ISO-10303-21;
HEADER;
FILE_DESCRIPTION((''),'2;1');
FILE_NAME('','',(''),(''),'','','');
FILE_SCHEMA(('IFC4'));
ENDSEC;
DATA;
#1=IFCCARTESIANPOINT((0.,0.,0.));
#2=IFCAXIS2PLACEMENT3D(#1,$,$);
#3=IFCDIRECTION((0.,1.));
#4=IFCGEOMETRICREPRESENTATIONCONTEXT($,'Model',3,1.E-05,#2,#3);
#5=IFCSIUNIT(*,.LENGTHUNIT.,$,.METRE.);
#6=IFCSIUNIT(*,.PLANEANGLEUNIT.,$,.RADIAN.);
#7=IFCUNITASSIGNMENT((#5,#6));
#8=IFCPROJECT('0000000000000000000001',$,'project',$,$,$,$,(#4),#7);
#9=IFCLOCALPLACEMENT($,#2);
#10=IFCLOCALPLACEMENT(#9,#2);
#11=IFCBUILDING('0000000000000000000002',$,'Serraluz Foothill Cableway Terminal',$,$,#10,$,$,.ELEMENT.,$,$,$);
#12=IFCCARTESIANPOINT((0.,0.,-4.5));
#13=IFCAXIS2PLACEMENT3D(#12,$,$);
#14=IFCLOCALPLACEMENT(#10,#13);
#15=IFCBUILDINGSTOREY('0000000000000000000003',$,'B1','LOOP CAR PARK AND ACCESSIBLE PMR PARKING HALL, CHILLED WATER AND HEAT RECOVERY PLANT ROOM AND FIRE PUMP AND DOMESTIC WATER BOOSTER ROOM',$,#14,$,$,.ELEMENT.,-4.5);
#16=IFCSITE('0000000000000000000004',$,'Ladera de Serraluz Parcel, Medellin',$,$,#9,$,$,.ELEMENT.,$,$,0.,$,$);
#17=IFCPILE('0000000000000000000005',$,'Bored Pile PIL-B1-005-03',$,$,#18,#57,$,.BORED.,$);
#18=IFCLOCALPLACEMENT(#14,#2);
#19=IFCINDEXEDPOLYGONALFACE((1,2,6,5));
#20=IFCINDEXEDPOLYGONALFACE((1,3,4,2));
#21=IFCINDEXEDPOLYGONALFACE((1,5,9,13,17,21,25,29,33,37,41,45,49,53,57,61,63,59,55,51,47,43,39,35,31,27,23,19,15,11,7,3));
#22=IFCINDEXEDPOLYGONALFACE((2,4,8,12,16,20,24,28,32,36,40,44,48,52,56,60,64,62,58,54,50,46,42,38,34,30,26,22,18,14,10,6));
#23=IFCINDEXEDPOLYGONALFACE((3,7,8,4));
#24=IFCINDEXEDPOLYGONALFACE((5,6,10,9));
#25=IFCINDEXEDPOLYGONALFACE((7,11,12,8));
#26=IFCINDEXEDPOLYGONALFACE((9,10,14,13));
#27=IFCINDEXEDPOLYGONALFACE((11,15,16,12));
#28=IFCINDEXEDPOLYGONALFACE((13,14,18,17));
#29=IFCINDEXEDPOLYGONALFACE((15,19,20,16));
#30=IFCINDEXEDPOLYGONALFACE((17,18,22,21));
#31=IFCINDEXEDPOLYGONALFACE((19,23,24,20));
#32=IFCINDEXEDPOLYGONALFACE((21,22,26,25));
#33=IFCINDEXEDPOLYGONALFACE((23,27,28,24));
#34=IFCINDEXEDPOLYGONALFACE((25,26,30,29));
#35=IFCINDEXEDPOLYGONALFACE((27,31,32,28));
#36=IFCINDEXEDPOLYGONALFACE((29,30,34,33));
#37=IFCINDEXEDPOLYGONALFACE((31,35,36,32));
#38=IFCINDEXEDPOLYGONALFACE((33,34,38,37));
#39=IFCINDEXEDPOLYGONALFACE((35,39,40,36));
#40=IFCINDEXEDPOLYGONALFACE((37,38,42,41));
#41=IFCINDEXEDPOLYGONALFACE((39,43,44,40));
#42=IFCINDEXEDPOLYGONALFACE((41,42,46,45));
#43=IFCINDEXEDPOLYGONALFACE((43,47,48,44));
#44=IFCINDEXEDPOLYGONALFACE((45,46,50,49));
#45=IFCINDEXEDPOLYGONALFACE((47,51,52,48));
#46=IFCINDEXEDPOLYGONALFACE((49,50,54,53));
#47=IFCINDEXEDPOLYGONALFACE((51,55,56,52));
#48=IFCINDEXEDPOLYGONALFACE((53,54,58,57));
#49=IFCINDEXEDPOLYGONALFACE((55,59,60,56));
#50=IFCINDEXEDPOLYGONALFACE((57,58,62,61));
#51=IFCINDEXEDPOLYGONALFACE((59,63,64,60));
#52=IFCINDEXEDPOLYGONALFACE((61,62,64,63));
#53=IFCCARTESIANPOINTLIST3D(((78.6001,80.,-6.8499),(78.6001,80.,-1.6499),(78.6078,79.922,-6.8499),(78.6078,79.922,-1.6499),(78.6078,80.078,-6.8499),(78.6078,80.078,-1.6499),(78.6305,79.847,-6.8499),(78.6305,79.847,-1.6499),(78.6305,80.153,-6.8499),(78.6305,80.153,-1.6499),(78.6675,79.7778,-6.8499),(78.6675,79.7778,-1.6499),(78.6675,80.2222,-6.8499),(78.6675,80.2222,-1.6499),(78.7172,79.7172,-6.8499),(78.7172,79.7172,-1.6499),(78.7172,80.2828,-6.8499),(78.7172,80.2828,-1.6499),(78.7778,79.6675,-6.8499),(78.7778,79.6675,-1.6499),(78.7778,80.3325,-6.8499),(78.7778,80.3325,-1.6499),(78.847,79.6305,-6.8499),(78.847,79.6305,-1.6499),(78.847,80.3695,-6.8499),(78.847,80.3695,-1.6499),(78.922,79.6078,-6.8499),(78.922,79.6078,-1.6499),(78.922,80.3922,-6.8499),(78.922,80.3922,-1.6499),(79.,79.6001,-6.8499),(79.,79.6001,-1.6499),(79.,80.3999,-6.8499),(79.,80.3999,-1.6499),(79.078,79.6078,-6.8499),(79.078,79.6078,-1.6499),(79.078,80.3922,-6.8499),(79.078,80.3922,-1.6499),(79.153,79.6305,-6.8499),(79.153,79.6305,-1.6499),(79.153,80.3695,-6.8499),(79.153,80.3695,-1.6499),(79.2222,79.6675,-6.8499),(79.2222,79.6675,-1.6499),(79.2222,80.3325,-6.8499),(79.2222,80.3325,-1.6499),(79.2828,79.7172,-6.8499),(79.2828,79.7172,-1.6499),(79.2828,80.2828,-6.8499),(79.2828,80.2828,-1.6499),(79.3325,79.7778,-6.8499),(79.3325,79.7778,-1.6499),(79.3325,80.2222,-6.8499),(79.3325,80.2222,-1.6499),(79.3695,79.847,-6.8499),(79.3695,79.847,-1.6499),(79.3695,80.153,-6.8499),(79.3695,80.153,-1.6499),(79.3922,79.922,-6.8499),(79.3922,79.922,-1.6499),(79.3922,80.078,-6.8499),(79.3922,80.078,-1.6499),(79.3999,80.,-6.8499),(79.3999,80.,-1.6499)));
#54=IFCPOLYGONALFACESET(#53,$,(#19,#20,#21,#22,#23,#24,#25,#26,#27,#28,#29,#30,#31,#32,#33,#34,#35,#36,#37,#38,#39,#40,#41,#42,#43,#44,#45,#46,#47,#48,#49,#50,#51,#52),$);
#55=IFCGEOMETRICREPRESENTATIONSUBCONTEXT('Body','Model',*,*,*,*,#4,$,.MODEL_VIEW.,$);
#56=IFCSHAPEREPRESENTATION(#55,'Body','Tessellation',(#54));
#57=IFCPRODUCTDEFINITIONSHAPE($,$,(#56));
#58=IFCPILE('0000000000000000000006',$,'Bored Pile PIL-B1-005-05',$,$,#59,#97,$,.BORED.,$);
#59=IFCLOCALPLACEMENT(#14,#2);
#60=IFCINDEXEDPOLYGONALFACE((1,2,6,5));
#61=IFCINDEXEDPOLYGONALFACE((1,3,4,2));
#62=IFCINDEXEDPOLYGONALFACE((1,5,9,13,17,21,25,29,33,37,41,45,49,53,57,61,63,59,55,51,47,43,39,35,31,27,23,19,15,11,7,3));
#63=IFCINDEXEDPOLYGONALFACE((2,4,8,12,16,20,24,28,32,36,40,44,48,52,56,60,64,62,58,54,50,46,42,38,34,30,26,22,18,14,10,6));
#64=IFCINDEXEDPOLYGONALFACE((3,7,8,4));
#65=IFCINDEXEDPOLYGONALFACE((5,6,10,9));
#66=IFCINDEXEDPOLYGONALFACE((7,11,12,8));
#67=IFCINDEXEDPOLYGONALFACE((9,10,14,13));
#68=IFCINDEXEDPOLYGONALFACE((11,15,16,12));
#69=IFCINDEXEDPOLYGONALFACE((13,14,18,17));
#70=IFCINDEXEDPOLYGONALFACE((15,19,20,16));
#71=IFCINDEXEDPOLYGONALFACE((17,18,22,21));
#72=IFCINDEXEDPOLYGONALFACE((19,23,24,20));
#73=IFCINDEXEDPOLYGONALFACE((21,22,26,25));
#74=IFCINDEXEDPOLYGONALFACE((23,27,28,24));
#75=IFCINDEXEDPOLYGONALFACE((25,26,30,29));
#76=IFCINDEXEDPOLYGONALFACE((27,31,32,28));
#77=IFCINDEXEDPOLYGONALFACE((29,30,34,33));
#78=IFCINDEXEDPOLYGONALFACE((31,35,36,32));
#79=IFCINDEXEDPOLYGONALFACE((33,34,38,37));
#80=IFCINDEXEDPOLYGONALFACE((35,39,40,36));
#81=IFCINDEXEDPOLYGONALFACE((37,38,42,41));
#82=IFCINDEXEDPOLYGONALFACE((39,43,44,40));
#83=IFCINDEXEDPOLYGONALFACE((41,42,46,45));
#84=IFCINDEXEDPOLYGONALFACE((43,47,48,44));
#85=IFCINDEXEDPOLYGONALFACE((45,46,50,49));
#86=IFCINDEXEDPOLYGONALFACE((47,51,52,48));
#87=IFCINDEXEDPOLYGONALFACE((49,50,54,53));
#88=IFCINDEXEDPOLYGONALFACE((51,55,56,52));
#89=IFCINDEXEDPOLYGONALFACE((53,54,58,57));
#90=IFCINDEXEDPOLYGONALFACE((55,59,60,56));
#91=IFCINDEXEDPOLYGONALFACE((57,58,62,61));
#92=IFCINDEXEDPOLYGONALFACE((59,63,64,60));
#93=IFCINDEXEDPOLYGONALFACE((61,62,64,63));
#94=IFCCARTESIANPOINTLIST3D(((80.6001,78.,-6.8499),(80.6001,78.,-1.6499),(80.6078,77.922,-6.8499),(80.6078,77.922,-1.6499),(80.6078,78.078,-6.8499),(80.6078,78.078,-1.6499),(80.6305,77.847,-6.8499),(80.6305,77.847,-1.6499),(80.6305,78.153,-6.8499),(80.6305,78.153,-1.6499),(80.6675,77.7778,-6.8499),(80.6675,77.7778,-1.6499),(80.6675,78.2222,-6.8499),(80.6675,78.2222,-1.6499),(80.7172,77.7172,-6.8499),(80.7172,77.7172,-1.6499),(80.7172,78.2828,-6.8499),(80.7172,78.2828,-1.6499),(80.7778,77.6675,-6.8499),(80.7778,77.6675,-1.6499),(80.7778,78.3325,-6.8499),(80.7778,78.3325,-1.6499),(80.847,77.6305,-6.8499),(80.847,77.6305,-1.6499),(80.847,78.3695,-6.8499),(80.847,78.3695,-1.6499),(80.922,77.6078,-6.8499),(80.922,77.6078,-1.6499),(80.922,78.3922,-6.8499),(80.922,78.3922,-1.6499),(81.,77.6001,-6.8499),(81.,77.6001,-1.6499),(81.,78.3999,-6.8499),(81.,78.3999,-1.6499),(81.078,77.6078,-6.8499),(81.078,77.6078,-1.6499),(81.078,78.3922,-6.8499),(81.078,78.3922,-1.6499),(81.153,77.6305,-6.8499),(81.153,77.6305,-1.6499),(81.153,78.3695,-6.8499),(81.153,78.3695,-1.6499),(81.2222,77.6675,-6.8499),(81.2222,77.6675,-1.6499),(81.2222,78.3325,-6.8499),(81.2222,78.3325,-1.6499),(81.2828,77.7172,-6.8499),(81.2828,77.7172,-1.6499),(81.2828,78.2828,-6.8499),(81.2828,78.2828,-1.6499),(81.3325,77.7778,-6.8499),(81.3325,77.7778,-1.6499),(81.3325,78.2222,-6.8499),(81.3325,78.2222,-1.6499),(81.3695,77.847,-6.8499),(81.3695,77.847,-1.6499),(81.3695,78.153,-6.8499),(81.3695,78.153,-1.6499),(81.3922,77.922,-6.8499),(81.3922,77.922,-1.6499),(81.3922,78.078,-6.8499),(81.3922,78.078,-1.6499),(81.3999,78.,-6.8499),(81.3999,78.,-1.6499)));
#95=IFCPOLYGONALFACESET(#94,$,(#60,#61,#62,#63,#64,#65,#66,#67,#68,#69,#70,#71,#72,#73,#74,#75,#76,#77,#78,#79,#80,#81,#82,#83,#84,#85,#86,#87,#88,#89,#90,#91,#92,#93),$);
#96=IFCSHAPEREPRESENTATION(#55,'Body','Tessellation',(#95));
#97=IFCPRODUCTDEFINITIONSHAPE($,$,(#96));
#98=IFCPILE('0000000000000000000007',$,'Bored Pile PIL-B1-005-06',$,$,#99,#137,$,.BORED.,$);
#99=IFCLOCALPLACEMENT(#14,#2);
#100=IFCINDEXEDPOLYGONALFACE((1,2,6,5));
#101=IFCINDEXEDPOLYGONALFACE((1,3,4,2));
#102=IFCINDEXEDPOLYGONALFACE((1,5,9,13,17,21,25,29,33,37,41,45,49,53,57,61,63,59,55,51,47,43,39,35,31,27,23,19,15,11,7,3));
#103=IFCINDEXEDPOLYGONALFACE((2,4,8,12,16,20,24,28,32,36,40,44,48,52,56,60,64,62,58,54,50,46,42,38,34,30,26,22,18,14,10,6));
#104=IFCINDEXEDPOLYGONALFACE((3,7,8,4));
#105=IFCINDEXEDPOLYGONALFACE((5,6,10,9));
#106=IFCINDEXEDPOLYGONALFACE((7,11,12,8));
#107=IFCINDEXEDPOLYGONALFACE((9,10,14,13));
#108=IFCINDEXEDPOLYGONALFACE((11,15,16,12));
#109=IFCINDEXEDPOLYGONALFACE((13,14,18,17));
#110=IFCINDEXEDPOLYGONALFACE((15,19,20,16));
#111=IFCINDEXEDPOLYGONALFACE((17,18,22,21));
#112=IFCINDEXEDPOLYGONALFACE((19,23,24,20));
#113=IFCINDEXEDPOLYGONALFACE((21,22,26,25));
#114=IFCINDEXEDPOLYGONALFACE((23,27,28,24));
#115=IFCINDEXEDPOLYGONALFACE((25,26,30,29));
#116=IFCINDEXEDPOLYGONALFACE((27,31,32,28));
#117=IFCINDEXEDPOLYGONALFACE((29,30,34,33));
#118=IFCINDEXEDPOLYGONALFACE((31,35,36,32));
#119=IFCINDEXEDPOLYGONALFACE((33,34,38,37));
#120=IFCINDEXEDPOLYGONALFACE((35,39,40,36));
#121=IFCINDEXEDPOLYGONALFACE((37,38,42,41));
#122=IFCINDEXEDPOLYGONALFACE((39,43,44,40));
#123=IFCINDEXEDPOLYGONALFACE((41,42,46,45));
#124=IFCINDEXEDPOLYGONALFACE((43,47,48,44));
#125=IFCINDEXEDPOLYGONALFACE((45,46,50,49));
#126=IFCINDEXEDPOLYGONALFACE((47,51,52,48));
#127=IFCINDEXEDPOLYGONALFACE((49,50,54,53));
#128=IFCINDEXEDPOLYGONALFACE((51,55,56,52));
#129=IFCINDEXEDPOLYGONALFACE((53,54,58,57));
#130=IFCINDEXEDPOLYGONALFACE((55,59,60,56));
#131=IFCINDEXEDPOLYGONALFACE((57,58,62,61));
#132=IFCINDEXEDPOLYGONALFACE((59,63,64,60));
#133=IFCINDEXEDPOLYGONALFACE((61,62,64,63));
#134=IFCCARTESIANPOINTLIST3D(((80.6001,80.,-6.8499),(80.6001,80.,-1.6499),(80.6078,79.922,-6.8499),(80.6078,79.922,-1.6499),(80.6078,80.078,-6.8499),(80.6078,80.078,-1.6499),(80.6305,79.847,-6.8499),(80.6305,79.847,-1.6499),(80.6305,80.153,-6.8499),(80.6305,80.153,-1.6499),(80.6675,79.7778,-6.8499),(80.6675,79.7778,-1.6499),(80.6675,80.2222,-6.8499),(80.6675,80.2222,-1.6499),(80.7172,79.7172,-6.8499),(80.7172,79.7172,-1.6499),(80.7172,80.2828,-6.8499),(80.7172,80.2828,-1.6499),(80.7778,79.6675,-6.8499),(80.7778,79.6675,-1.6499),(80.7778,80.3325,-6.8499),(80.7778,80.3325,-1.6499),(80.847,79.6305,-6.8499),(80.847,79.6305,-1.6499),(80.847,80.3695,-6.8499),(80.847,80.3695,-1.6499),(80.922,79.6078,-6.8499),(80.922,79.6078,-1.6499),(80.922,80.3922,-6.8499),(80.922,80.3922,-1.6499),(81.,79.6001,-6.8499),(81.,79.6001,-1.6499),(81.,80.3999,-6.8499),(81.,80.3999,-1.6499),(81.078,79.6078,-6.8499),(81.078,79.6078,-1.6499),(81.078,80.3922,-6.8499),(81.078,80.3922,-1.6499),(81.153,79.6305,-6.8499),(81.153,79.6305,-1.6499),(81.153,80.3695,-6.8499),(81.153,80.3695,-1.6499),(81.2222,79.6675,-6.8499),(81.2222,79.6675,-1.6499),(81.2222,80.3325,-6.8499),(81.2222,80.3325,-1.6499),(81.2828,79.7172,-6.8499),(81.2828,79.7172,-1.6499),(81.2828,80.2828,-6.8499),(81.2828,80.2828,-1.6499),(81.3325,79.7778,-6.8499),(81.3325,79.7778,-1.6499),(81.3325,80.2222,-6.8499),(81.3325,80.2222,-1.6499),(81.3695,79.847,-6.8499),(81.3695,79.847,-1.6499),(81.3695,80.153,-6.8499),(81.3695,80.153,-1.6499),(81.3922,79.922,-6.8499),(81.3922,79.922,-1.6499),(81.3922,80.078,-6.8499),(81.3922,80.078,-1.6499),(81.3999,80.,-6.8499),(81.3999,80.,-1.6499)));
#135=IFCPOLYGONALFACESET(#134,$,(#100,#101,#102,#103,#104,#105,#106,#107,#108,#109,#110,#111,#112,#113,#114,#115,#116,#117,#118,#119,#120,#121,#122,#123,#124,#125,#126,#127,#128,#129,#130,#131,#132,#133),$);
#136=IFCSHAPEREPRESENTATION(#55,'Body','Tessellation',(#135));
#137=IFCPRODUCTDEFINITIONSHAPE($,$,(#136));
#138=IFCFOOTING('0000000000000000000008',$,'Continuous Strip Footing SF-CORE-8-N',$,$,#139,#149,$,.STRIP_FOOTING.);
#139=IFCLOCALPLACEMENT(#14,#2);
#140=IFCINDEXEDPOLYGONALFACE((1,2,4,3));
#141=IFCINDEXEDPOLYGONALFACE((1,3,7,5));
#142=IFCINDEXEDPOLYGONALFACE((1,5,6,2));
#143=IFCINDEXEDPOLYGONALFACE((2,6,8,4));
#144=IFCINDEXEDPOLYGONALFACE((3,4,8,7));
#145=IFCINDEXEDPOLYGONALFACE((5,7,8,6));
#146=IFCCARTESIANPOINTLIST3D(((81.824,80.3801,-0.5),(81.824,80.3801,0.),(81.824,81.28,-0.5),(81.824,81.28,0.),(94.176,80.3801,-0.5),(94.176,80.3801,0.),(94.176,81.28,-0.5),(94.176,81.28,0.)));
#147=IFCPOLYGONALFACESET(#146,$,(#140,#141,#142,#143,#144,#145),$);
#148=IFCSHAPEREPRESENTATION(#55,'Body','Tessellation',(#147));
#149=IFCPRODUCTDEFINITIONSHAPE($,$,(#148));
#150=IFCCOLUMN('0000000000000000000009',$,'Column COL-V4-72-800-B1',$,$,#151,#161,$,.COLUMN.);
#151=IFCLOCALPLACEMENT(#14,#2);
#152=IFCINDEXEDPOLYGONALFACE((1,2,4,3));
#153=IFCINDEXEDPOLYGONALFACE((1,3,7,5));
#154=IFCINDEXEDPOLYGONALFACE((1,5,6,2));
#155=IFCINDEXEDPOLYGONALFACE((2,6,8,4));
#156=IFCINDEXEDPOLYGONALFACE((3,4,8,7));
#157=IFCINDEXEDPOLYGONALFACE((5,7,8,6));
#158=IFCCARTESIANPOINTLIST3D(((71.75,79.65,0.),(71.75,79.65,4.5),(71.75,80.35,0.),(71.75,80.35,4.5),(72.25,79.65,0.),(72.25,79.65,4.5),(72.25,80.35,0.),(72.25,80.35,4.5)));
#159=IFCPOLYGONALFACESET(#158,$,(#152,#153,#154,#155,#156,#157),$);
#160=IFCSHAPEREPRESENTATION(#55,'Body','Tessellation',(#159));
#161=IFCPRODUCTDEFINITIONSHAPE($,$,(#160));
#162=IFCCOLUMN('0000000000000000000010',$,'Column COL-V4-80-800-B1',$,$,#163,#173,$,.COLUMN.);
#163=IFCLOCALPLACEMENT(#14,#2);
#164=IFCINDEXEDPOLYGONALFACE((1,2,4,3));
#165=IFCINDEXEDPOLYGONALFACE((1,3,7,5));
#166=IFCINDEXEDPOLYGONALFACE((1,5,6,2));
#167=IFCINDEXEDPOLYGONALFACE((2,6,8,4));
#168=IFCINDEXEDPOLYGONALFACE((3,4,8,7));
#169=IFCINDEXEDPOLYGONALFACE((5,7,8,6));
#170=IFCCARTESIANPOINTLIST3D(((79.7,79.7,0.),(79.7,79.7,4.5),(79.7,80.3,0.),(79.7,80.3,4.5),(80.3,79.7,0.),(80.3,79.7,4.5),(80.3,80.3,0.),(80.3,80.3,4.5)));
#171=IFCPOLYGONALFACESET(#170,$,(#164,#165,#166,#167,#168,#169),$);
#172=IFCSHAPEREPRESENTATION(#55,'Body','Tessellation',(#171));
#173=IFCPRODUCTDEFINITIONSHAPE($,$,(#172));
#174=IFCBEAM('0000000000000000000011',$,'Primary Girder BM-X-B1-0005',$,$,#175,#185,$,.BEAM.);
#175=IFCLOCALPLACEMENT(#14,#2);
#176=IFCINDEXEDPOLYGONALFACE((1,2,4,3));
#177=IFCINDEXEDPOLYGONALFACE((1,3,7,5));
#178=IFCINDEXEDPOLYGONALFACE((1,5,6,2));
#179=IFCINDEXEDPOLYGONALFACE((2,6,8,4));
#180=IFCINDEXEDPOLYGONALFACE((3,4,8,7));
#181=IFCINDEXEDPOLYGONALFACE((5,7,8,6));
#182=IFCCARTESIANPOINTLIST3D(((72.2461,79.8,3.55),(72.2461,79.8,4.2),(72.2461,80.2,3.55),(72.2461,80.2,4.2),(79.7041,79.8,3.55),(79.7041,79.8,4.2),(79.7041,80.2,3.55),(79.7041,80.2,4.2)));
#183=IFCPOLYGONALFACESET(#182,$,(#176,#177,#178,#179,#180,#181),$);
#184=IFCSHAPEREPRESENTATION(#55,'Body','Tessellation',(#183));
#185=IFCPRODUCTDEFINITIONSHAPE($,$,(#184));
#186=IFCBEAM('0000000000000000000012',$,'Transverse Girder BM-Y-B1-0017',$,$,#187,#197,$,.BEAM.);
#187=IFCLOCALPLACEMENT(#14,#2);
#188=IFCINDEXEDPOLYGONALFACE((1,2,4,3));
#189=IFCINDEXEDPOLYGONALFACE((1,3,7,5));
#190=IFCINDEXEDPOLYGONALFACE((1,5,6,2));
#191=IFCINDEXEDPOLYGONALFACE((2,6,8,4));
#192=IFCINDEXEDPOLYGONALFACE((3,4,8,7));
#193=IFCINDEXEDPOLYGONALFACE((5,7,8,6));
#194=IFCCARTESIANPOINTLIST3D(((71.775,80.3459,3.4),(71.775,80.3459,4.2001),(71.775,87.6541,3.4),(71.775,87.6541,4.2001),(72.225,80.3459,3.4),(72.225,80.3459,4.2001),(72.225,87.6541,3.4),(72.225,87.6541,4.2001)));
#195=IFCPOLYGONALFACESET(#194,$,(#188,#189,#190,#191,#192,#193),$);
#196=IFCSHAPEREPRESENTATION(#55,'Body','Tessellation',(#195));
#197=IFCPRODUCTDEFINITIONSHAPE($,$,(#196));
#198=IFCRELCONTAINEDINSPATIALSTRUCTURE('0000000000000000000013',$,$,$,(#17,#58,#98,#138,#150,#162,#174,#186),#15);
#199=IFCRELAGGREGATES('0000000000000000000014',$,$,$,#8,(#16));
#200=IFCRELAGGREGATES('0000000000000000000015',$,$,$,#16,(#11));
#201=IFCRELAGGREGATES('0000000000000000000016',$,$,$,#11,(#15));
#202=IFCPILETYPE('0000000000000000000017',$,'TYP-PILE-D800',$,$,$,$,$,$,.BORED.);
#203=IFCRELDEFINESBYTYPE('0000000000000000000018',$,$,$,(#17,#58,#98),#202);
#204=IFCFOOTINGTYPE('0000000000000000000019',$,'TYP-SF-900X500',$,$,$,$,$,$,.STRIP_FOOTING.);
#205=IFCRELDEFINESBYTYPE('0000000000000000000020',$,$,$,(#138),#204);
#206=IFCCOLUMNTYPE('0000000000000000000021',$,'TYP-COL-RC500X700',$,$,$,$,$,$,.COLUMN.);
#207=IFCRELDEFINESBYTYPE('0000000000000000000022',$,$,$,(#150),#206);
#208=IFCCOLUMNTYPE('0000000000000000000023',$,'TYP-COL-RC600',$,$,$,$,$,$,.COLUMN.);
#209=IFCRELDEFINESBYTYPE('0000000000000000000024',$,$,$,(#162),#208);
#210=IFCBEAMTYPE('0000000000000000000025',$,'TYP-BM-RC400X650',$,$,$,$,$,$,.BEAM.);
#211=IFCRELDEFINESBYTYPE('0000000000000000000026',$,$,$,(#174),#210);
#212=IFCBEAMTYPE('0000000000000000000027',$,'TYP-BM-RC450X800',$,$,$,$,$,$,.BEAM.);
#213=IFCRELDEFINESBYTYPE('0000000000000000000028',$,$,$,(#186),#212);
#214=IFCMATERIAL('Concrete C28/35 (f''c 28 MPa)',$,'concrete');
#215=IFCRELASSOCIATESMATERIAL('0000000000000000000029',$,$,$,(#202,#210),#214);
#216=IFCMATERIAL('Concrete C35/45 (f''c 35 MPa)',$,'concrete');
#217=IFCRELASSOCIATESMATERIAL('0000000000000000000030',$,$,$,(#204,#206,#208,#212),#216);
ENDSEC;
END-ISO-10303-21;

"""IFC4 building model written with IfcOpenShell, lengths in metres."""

from ifc_helpers import new_model, si_unit, direction, frame, origin, origin_2d, place, context, subcontext, project, spatial, rectangle, circle, extrude, material, material_profile, profile_set, type_object, element, save


model = new_model("IFC4")

# Units and contexts
model_context = context("Model", 3, precision=1e-05, world=origin(), true_north=direction((0.0, 1.0)))
body_context = subcontext(model_context, "Body", "Model", "MODEL_VIEW")
ifc_project = project(units=[si_unit("LENGTHUNIT", "METRE"), si_unit("PLANEANGLEUNIT", "RADIAN")], contexts=[model_context])

# Site, building, storey
site_placement = place(None, origin())
site = spatial("IfcSite", under=ifc_project, at=site_placement, Name="Ladera de Serraluz Parcel, Medellin", CompositionType="ELEMENT", RefElevation=0.0)
building_placement = place(site_placement, origin())
building = spatial("IfcBuilding", under=site, at=building_placement, Name="Serraluz Foothill Cableway Terminal", CompositionType="ELEMENT")
storey_placement = place(building_placement, frame((0.0, 0.0, -4.5)))
storey = spatial("IfcBuildingStorey", under=building, at=storey_placement, Name="B1", Description="LOOP CAR PARK AND ACCESSIBLE PMR PARKING HALL, CHILLED WATER AND HEAT RECOVERY PLANT ROOM AND FIRE PUMP AND DOMESTIC WATER BOOSTER ROOM", CompositionType="ELEMENT", Elevation=-4.5)

# Shared definitions
ifc_material_1 = material(Name="Concrete C35/45 (f'c 35 MPa)", Category="concrete")

# Piles
ifc_material_2 = material(Name="Concrete C28/35 (f'c 28 MPa)", Category="concrete")
ifc_material_profile_1 = material_profile(ifc_material_2, circle(Radius=0.3999, at=origin_2d()), Name="BORED PILE D800")
ifc_profile_set_1 = profile_set([ifc_material_profile_1], Name="Concrete C28/35 (f'c 28 MPa)")
pile_type = type_object("IfcPileType", Name="TYP-PILE-D800", PredefinedType="BORED", material=ifc_profile_set_1)
for number, where, z_axis, x_axis, name in (
    (1, (79.0, 80.0, -1.6499), (0.0, 0.0, -1.0), (1.0, 0.0, 0.0), "Bored Pile PIL-B1-005-03"),
    (2, (81.0, 78.0, -1.6499), (0.0, 0.0, -1.0), (1.0, 0.0, 0.0), "Bored Pile PIL-B1-005-05"),
    (3, (81.0, 80.0, -1.6499), (0.0, 0.0, -1.0), (1.0, 0.0, 0.0), "Bored Pile PIL-B1-005-06"),
):
    element("IfcPile", number, at=place(storey_placement, frame(where, z_axis=z_axis, x_axis=x_axis)), inside=storey, type_object=pile_type, Name=name, PredefinedType="BORED", context=body_context, shape_type="SweptSolid", body=[
        extrude(circle(Radius=0.3999, at=origin_2d()), origin(), (0.0, 0.0, 1.0), 5.2),
    ])

# Footing
ifc_material_profile_2 = material_profile(ifc_material_1, rectangle(XDim=0.8999, YDim=0.5, at=origin_2d()), Name="SF 900x500")
ifc_profile_set_2 = profile_set([ifc_material_profile_2], Name="Concrete C35/45 (f'c 35 MPa)")
footing_type_1 = type_object("IfcFootingType", Name="TYP-SF-900X500", PredefinedType="STRIP_FOOTING", material=ifc_profile_set_2)
footing_1_placement = place(storey_placement, frame((81.824, 80.8301, -0.25), z_axis=(1.0, 0.0, 0.0), x_axis=(0.0, 1.0, 0.0)))
element("IfcFooting", 4, at=footing_1_placement, inside=storey, type_object=footing_type_1, Name="Continuous Strip Footing SF-CORE-8-N", PredefinedType="STRIP_FOOTING", context=body_context, shape_type="SweptSolid", body=[
    extrude(rectangle(XDim=0.8999, YDim=0.5, at=origin_2d()), origin(), (0.0, 0.0, 1.0), 12.3521),
])

# Columns
ifc_material_profile_3 = material_profile(ifc_material_1, rectangle(XDim=0.5, YDim=0.7, at=origin_2d()), Name="RC 500x700")
ifc_profile_set_3 = profile_set([ifc_material_profile_3], Name="Concrete C35/45 (f'c 35 MPa)")
column_type_1 = type_object("IfcColumnType", Name="TYP-COL-RC500X700", PredefinedType="COLUMN", material=ifc_profile_set_3)
column_1_placement = place(storey_placement, frame((72.0, 80.0, 0.0), z_axis=(0.0, 0.0, 1.0), x_axis=(1.0, 0.0, 0.0)))
element("IfcColumn", 5, at=column_1_placement, inside=storey, type_object=column_type_1, Name="Column COL-V4-72-800-B1", PredefinedType="COLUMN", context=body_context, shape_type="SweptSolid", body=[
    extrude(rectangle(XDim=0.5, YDim=0.7, at=origin_2d()), origin(), (0.0, 0.0, 1.0), 4.5),
])
ifc_material_profile_4 = material_profile(ifc_material_1, rectangle(XDim=0.6001, YDim=0.6001, at=origin_2d()), Name="RC 600x600")
ifc_profile_set_4 = profile_set([ifc_material_profile_4], Name="Concrete C35/45 (f'c 35 MPa)")
column_type_2 = type_object("IfcColumnType", Name="TYP-COL-RC600", PredefinedType="COLUMN", material=ifc_profile_set_4)
column_2_placement = place(storey_placement, frame((80.0, 80.0, 0.0), z_axis=(0.0, 0.0, 1.0), x_axis=(1.0, 0.0, 0.0)))
element("IfcColumn", 6, at=column_2_placement, inside=storey, type_object=column_type_2, Name="Column COL-V4-80-800-B1", PredefinedType="COLUMN", context=body_context, shape_type="SweptSolid", body=[
    extrude(rectangle(XDim=0.6001, YDim=0.6001, at=origin_2d()), origin(), (0.0, 0.0, 1.0), 4.5),
])

# Beams
ifc_material_profile_5 = material_profile(ifc_material_2, rectangle(XDim=0.3999, YDim=0.6499, at=origin_2d()), Name="RC 400x650")
ifc_profile_set_5 = profile_set([ifc_material_profile_5], Name="Concrete C28/35 (f'c 28 MPa)")
beam_type_1 = type_object("IfcBeamType", Name="TYP-BM-RC400X650", PredefinedType="BEAM", material=ifc_profile_set_5)
beam_1_placement = place(storey_placement, frame((72.2461, 80.0, 3.875), z_axis=(1.0, 0.0, 0.0), x_axis=(0.0, 1.0, 0.0)))
element("IfcBeam", 7, at=beam_1_placement, inside=storey, type_object=beam_type_1, Name="Primary Girder BM-X-B1-0005", PredefinedType="BEAM", context=body_context, shape_type="SweptSolid", body=[
    extrude(rectangle(XDim=0.3999, YDim=0.6499, at=origin_2d()), origin(), (0.0, 0.0, 1.0), 7.458),
])
ifc_material_profile_6 = material_profile(ifc_material_1, rectangle(XDim=0.45, YDim=0.8, at=origin_2d()), Name="RC 450x800")
ifc_profile_set_6 = profile_set([ifc_material_profile_6], Name="Concrete C35/45 (f'c 35 MPa)")
beam_type_2 = type_object("IfcBeamType", Name="TYP-BM-RC450X800", PredefinedType="BEAM", material=ifc_profile_set_6)
beam_2_placement = place(storey_placement, frame((72.0, 80.3459, 3.8), z_axis=(0.0, 1.0, 0.0), x_axis=(-1.0, 0.0, 0.0)))
element("IfcBeam", 8, at=beam_2_placement, inside=storey, type_object=beam_type_2, Name="Transverse Girder BM-Y-B1-0017", PredefinedType="BEAM", context=body_context, shape_type="SweptSolid", body=[
    extrude(rectangle(XDim=0.45, YDim=0.8, at=origin_2d()), origin(), (0.0, 0.0, 1.0), 7.3081),
])

save(model, "model.ifc")
